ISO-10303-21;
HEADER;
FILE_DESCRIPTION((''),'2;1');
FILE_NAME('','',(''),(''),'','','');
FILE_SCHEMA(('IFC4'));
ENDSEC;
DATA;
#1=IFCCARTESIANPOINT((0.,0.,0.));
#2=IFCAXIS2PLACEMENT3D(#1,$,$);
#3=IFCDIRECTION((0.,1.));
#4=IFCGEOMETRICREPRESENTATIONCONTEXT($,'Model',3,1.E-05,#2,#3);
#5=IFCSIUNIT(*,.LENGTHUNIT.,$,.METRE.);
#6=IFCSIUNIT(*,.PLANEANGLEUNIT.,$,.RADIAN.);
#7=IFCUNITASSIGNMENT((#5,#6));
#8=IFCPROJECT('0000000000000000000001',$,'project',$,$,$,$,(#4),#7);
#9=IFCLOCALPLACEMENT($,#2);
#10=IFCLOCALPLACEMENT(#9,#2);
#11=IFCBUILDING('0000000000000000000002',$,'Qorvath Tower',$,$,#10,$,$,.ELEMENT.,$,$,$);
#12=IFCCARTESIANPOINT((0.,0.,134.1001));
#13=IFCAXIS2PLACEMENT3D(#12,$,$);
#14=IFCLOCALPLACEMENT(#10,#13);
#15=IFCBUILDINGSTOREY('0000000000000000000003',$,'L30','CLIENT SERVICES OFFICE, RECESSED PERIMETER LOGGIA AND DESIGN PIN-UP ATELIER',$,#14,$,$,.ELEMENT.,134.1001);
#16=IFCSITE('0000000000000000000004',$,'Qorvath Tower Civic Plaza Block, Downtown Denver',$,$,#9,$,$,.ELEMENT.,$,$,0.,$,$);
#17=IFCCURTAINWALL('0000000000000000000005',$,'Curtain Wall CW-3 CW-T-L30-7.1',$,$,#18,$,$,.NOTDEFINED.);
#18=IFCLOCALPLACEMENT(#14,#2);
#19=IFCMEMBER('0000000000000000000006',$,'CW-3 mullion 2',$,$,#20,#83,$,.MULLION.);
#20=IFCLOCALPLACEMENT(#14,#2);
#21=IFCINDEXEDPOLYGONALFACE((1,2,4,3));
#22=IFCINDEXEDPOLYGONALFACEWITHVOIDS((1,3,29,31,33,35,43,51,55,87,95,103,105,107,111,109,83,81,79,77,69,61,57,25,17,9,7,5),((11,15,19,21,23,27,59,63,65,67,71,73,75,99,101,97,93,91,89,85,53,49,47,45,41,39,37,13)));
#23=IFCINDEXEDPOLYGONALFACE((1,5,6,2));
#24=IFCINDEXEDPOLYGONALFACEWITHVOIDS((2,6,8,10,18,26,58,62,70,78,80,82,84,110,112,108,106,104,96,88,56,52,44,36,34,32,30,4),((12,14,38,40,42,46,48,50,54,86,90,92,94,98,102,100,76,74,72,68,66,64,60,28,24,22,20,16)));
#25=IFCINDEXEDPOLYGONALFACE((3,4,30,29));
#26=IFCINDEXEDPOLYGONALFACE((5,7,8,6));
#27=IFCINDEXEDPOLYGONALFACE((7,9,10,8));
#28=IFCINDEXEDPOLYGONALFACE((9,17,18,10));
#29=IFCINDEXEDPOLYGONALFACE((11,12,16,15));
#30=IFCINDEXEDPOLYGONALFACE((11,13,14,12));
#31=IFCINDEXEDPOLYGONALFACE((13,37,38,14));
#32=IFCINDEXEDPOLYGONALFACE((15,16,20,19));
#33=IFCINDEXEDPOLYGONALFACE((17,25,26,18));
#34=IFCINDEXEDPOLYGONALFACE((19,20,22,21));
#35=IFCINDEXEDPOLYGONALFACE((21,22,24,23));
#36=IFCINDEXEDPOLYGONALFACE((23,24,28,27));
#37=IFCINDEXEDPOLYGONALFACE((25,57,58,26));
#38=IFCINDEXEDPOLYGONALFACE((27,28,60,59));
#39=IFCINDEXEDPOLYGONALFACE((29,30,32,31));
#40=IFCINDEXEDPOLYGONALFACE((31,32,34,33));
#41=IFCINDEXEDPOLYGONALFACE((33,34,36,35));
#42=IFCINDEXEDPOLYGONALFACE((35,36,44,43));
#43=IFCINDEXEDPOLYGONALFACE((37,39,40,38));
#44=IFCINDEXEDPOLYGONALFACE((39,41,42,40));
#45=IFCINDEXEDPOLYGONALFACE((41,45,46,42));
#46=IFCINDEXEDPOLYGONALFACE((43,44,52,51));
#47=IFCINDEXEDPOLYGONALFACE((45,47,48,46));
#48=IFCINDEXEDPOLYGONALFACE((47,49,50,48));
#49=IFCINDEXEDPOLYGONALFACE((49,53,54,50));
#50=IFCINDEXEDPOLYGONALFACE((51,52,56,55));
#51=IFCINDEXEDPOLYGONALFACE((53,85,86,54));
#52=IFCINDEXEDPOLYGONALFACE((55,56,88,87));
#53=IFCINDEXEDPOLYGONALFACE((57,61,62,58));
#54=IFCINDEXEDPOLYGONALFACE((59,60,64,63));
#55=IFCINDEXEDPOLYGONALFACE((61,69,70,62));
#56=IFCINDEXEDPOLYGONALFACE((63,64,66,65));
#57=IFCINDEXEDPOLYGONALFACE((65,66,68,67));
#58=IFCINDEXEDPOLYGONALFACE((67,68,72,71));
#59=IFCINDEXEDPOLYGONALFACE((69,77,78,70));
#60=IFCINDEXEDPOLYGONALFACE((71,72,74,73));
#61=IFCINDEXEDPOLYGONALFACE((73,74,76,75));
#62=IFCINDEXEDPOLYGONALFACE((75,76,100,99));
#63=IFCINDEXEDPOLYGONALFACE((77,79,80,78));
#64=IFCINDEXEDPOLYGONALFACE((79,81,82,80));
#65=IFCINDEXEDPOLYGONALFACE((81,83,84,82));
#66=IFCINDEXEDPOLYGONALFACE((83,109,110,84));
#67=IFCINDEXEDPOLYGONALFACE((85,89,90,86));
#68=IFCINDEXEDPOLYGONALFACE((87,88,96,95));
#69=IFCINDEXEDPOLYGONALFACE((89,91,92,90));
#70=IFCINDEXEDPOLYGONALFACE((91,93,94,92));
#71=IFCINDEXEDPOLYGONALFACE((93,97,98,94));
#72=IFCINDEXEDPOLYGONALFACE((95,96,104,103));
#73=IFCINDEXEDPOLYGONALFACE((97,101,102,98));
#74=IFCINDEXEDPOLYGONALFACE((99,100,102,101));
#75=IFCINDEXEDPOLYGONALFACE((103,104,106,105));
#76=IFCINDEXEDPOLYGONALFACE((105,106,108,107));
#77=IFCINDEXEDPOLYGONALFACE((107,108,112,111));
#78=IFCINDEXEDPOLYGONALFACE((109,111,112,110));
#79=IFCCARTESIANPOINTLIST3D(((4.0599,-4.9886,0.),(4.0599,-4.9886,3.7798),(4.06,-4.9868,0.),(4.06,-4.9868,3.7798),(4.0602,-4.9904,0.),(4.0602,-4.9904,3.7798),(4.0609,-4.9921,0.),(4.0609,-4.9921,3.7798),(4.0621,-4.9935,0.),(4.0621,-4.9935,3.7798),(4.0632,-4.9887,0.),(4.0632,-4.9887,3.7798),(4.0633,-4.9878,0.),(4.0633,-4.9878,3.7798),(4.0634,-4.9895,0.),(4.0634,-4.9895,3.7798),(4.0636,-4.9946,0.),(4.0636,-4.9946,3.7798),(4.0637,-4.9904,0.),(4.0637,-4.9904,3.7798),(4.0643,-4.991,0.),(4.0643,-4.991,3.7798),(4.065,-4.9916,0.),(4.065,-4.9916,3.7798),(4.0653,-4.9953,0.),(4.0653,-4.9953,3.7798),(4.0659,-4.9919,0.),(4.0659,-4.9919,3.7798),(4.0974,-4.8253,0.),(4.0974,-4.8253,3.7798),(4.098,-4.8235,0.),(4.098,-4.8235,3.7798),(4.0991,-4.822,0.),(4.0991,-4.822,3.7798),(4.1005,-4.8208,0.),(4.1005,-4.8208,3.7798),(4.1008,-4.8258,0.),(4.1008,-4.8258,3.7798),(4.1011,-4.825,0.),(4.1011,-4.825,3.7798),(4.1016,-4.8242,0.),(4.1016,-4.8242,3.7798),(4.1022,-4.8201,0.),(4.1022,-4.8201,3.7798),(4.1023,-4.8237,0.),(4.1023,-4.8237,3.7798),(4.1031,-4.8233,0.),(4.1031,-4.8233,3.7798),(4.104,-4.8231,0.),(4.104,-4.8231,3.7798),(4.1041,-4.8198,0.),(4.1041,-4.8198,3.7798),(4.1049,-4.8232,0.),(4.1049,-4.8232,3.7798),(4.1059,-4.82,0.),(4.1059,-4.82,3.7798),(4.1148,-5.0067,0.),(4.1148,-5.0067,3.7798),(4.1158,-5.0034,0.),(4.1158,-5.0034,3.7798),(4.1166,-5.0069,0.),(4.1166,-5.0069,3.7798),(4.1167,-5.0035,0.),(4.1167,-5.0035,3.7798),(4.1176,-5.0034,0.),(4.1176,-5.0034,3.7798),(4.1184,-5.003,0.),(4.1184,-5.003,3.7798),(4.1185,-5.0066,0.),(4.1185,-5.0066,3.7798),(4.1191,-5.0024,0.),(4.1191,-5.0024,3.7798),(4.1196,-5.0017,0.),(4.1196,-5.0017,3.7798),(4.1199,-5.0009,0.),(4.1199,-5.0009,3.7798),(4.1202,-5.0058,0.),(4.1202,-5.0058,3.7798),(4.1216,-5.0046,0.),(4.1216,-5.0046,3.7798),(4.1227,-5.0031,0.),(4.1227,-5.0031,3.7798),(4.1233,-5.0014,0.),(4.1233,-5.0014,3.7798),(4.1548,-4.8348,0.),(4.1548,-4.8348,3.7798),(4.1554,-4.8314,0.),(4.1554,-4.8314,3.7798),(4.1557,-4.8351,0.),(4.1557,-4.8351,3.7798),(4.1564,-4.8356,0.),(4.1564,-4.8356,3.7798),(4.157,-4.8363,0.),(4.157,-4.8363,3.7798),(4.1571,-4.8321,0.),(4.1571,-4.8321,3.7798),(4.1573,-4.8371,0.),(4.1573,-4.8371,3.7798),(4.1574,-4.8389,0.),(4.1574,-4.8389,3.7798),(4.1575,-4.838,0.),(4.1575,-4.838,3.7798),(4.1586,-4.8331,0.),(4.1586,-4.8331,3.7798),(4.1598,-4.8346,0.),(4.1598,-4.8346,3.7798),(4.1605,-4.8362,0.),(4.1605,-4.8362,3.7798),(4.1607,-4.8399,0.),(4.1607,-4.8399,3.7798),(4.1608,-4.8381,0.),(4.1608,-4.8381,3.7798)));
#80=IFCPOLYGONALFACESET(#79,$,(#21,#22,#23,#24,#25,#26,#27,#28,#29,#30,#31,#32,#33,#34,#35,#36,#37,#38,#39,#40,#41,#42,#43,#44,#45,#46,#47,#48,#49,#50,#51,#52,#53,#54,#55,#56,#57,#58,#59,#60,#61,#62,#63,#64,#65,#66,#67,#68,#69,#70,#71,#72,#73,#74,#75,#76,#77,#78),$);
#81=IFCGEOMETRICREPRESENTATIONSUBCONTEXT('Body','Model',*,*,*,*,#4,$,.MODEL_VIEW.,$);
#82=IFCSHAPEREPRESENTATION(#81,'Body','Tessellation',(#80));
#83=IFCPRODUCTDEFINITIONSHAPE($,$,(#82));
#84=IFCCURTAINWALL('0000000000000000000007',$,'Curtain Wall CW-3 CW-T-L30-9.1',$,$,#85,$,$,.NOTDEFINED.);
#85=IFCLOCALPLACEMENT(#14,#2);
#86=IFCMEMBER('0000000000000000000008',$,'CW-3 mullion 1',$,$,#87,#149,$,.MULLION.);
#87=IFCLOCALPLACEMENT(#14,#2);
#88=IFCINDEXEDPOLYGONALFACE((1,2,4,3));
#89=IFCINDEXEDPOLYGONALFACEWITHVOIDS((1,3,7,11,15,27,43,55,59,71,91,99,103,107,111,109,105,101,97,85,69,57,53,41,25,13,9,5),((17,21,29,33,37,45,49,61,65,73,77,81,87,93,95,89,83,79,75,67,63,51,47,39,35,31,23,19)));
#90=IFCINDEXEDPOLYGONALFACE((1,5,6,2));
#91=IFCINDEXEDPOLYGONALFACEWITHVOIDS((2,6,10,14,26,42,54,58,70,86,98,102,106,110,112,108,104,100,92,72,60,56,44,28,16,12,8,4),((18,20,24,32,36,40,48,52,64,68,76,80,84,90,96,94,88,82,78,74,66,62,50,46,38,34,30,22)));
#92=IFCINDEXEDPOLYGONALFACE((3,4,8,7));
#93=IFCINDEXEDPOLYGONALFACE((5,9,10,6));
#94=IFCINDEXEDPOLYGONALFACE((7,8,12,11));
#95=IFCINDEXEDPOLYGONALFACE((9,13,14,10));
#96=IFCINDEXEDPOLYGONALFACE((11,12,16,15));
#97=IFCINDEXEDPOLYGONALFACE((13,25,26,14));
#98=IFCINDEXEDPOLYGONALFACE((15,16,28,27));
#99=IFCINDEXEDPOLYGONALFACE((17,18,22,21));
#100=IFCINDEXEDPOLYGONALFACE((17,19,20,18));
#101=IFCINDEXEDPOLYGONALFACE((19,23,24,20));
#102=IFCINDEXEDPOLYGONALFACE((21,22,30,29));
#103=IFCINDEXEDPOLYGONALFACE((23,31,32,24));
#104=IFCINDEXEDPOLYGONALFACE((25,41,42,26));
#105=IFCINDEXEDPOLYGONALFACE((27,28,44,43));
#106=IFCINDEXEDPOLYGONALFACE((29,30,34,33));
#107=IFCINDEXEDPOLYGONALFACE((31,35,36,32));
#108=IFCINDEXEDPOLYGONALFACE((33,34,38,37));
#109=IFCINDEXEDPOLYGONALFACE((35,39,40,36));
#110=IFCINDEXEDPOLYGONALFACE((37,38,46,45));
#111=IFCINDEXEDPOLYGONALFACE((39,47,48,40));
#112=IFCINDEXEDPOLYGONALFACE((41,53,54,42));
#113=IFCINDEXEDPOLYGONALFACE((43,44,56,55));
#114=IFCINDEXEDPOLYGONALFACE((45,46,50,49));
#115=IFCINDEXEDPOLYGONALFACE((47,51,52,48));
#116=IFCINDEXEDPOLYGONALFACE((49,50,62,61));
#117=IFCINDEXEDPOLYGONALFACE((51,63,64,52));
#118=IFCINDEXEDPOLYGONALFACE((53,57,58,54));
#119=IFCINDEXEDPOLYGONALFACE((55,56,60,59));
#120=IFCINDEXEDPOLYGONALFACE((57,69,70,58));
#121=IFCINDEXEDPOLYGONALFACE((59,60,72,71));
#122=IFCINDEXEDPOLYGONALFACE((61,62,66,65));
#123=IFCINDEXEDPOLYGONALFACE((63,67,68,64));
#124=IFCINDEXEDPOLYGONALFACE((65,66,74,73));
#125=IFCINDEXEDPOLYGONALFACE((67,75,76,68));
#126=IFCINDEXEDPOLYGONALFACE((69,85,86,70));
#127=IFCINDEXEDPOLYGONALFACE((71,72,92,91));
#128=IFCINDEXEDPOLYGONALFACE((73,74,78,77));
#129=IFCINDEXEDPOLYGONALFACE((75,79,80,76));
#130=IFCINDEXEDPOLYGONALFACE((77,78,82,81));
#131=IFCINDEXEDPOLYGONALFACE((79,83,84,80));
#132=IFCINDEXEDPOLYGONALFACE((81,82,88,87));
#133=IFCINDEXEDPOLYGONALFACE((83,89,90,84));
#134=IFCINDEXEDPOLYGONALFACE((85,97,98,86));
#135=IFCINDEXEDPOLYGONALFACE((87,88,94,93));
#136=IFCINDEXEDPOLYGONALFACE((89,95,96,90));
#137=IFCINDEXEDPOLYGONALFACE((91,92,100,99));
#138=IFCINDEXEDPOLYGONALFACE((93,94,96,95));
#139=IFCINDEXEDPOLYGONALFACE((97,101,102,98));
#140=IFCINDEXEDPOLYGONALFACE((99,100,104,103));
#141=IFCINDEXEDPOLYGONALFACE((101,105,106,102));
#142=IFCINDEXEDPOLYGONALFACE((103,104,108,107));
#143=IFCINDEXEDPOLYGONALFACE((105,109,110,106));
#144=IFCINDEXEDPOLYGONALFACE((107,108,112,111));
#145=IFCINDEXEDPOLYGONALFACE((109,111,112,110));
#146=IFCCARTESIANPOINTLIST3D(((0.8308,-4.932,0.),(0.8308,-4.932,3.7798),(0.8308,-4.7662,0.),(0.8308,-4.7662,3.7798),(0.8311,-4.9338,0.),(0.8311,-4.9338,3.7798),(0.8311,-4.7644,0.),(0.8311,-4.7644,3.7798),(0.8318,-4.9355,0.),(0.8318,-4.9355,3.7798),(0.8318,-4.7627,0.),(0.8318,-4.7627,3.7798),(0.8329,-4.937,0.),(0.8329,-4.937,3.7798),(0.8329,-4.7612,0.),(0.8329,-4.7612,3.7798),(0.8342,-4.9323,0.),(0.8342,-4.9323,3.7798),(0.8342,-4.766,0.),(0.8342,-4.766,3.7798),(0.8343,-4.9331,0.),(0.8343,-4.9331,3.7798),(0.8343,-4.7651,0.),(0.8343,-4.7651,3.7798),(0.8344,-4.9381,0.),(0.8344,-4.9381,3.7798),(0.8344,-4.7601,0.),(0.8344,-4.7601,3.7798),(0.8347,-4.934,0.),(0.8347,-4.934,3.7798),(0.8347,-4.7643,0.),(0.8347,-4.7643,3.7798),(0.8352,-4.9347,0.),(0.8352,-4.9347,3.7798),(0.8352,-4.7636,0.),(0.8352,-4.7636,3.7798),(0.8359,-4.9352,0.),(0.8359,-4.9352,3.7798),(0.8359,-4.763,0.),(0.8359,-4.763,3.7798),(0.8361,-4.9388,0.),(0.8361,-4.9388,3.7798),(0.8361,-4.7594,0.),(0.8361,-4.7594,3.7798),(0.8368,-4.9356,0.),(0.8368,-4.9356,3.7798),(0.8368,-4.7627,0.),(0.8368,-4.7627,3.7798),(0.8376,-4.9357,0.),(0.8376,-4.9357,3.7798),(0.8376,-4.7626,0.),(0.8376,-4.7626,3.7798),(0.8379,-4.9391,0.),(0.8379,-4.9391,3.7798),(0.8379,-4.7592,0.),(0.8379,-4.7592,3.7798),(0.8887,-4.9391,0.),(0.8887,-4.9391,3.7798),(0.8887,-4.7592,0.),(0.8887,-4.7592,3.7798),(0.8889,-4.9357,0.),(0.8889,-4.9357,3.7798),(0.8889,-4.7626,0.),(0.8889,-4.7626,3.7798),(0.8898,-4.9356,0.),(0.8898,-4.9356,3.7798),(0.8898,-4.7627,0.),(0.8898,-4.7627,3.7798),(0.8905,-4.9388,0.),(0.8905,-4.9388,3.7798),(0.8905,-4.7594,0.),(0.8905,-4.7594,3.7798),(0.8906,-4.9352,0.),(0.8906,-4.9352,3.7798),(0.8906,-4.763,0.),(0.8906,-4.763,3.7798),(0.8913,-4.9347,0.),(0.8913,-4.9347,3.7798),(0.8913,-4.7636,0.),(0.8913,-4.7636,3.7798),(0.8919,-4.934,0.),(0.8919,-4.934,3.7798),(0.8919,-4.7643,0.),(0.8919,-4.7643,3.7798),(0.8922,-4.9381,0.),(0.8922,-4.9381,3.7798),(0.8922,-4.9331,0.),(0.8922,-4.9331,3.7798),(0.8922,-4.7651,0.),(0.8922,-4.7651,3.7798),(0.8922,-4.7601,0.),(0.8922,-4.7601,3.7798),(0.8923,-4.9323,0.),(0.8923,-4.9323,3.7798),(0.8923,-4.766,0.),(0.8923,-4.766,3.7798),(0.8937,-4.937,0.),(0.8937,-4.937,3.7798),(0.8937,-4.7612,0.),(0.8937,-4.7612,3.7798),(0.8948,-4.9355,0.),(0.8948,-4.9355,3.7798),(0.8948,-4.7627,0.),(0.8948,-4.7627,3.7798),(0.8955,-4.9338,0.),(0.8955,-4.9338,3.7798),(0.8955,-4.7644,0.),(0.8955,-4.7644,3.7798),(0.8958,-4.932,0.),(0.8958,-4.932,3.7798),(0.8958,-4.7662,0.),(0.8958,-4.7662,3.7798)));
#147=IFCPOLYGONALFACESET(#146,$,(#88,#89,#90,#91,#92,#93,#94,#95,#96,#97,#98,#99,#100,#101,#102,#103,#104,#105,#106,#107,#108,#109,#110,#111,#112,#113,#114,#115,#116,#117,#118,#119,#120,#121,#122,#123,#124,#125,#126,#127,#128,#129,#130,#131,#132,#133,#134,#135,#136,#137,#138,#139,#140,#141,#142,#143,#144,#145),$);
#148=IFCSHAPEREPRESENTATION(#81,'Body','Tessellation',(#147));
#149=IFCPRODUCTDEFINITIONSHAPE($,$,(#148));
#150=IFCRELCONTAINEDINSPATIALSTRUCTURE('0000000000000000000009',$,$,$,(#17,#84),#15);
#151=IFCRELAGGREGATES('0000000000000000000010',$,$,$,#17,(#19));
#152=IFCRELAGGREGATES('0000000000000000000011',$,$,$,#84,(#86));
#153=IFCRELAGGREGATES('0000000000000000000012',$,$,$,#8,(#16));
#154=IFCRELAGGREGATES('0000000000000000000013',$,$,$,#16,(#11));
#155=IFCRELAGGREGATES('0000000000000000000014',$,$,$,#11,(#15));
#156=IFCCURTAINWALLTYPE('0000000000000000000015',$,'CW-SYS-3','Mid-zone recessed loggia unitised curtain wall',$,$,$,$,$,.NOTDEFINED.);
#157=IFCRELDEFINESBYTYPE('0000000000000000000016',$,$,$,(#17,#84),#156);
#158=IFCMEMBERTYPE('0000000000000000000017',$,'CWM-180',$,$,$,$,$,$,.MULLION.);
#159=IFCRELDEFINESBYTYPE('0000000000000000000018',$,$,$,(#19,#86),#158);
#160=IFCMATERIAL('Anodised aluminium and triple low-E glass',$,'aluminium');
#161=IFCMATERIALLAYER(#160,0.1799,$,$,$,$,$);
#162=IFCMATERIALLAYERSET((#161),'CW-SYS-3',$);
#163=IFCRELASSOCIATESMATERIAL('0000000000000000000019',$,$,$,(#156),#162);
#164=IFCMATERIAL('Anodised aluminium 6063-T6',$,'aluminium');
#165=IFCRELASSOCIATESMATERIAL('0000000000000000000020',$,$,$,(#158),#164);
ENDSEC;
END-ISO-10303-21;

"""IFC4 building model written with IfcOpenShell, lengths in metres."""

from ifc_helpers import new_model, si_unit, direction, frame, origin, origin_2d, place, context, subcontext, project, spatial, hollow_rectangle, extrude, material, layer, layer_set, material_profile, profile_set, type_object, element, aggregate, save


model = new_model("IFC4")

# Units and contexts
model_context = context("Model", 3, precision=1e-05, world=origin(), true_north=direction((0.0, 1.0)))
body_context = subcontext(model_context, "Body", "Model", "MODEL_VIEW")
ifc_project = project(units=[si_unit("LENGTHUNIT", "METRE"), si_unit("PLANEANGLEUNIT", "RADIAN")], contexts=[model_context])

# Site, building, storey
site_placement = place(None, origin())
site = spatial("IfcSite", under=ifc_project, at=site_placement, Name="Qorvath Tower Civic Plaza Block, Downtown Denver", CompositionType="ELEMENT", RefElevation=0.0)
building_placement = place(site_placement, origin())
building = spatial("IfcBuilding", under=site, at=building_placement, Name="Qorvath Tower", CompositionType="ELEMENT")
storey_placement = place(building_placement, frame((0.0, 0.0, 134.1001)))
storey = spatial("IfcBuildingStorey", under=building, at=storey_placement, Name="L30", Description="CLIENT SERVICES OFFICE, RECESSED PERIMETER LOGGIA AND DESIGN PIN-UP ATELIER", CompositionType="ELEMENT", Elevation=134.1001)

# Curtain wall, member
ifc_material_1 = material(Name="Anodised aluminium and triple low-E glass", Category="aluminium")
ifc_layer_1 = layer(ifc_material_1, 0.1799)
ifc_layer_set_1 = layer_set([ifc_layer_1], Name="CW-SYS-3")
curtain_wall_type = type_object("IfcCurtainWallType", Name="CW-SYS-3", Description="Mid-zone recessed loggia unitised curtain wall", PredefinedType="NOTDEFINED", material=ifc_layer_set_1)
curtain_wall_1_placement = place(storey_placement, origin())
curtain_wall_1 = element("IfcCurtainWall", 1, at=curtain_wall_1_placement, inside=storey, type_object=curtain_wall_type, Name="Curtain Wall CW-3 CW-T-L30-7.1", PredefinedType="NOTDEFINED")
ifc_material_2 = material(Name="Anodised aluminium 6063-T6", Category="aluminium")
ifc_material_profile_1 = material_profile(ifc_material_2, hollow_rectangle(XDim=0.0649, YDim=0.1799, WallThickness=0.0034, InnerFilletRadius=0.0034, OuterFilletRadius=0.0071, at=origin_2d()), Name="CWM 180x65")
ifc_profile_set_1 = profile_set([ifc_material_profile_1], Name="Anodised aluminium 6063-T6")
member_type_1 = type_object("IfcMemberType", Name="CWM-180", PredefinedType="MULLION", material=ifc_profile_set_1)
member_1_placement = place(storey_placement, frame((4.1104, -4.9133, 0.0), z_axis=(0.0, 0.0, 1.0), x_axis=(-0.974262, 0.225417, 0.0)))
member_1 = element("IfcMember", 2, at=member_1_placement, type_object=member_type_1, Name="CW-3 mullion 2", PredefinedType="MULLION", context=body_context, shape_type="SweptSolid", body=[
    extrude(hollow_rectangle(XDim=0.0649, YDim=0.1799, WallThickness=0.0034, InnerFilletRadius=0.0034, OuterFilletRadius=0.0071, at=origin_2d()), origin(), (0.0, 0.0, 1.0), 3.7798),
])

# Curtain wall, member
curtain_wall_2_placement = place(storey_placement, origin())
curtain_wall_2 = element("IfcCurtainWall", 3, at=curtain_wall_2_placement, inside=storey, type_object=curtain_wall_type, Name="Curtain Wall CW-3 CW-T-L30-9.1", PredefinedType="NOTDEFINED")
member_2_placement = place(storey_placement, frame((0.8633, -4.8491, 0.0), z_axis=(0.0, 0.0, 1.0), x_axis=(-1.0, 0.0, 0.0)))
member_2 = element("IfcMember", 4, at=member_2_placement, type_object=member_type_1, Name="CW-3 mullion 1", PredefinedType="MULLION", context=body_context, shape_type="SweptSolid", body=[
    extrude(hollow_rectangle(XDim=0.0649, YDim=0.1799, WallThickness=0.0034, InnerFilletRadius=0.0034, OuterFilletRadius=0.0071, at=origin_2d()), origin(), (0.0, 0.0, 1.0), 3.7798),
])

aggregate(curtain_wall_1, [member_1])
aggregate(curtain_wall_2, [member_2])

save(model, "model.ifc")
